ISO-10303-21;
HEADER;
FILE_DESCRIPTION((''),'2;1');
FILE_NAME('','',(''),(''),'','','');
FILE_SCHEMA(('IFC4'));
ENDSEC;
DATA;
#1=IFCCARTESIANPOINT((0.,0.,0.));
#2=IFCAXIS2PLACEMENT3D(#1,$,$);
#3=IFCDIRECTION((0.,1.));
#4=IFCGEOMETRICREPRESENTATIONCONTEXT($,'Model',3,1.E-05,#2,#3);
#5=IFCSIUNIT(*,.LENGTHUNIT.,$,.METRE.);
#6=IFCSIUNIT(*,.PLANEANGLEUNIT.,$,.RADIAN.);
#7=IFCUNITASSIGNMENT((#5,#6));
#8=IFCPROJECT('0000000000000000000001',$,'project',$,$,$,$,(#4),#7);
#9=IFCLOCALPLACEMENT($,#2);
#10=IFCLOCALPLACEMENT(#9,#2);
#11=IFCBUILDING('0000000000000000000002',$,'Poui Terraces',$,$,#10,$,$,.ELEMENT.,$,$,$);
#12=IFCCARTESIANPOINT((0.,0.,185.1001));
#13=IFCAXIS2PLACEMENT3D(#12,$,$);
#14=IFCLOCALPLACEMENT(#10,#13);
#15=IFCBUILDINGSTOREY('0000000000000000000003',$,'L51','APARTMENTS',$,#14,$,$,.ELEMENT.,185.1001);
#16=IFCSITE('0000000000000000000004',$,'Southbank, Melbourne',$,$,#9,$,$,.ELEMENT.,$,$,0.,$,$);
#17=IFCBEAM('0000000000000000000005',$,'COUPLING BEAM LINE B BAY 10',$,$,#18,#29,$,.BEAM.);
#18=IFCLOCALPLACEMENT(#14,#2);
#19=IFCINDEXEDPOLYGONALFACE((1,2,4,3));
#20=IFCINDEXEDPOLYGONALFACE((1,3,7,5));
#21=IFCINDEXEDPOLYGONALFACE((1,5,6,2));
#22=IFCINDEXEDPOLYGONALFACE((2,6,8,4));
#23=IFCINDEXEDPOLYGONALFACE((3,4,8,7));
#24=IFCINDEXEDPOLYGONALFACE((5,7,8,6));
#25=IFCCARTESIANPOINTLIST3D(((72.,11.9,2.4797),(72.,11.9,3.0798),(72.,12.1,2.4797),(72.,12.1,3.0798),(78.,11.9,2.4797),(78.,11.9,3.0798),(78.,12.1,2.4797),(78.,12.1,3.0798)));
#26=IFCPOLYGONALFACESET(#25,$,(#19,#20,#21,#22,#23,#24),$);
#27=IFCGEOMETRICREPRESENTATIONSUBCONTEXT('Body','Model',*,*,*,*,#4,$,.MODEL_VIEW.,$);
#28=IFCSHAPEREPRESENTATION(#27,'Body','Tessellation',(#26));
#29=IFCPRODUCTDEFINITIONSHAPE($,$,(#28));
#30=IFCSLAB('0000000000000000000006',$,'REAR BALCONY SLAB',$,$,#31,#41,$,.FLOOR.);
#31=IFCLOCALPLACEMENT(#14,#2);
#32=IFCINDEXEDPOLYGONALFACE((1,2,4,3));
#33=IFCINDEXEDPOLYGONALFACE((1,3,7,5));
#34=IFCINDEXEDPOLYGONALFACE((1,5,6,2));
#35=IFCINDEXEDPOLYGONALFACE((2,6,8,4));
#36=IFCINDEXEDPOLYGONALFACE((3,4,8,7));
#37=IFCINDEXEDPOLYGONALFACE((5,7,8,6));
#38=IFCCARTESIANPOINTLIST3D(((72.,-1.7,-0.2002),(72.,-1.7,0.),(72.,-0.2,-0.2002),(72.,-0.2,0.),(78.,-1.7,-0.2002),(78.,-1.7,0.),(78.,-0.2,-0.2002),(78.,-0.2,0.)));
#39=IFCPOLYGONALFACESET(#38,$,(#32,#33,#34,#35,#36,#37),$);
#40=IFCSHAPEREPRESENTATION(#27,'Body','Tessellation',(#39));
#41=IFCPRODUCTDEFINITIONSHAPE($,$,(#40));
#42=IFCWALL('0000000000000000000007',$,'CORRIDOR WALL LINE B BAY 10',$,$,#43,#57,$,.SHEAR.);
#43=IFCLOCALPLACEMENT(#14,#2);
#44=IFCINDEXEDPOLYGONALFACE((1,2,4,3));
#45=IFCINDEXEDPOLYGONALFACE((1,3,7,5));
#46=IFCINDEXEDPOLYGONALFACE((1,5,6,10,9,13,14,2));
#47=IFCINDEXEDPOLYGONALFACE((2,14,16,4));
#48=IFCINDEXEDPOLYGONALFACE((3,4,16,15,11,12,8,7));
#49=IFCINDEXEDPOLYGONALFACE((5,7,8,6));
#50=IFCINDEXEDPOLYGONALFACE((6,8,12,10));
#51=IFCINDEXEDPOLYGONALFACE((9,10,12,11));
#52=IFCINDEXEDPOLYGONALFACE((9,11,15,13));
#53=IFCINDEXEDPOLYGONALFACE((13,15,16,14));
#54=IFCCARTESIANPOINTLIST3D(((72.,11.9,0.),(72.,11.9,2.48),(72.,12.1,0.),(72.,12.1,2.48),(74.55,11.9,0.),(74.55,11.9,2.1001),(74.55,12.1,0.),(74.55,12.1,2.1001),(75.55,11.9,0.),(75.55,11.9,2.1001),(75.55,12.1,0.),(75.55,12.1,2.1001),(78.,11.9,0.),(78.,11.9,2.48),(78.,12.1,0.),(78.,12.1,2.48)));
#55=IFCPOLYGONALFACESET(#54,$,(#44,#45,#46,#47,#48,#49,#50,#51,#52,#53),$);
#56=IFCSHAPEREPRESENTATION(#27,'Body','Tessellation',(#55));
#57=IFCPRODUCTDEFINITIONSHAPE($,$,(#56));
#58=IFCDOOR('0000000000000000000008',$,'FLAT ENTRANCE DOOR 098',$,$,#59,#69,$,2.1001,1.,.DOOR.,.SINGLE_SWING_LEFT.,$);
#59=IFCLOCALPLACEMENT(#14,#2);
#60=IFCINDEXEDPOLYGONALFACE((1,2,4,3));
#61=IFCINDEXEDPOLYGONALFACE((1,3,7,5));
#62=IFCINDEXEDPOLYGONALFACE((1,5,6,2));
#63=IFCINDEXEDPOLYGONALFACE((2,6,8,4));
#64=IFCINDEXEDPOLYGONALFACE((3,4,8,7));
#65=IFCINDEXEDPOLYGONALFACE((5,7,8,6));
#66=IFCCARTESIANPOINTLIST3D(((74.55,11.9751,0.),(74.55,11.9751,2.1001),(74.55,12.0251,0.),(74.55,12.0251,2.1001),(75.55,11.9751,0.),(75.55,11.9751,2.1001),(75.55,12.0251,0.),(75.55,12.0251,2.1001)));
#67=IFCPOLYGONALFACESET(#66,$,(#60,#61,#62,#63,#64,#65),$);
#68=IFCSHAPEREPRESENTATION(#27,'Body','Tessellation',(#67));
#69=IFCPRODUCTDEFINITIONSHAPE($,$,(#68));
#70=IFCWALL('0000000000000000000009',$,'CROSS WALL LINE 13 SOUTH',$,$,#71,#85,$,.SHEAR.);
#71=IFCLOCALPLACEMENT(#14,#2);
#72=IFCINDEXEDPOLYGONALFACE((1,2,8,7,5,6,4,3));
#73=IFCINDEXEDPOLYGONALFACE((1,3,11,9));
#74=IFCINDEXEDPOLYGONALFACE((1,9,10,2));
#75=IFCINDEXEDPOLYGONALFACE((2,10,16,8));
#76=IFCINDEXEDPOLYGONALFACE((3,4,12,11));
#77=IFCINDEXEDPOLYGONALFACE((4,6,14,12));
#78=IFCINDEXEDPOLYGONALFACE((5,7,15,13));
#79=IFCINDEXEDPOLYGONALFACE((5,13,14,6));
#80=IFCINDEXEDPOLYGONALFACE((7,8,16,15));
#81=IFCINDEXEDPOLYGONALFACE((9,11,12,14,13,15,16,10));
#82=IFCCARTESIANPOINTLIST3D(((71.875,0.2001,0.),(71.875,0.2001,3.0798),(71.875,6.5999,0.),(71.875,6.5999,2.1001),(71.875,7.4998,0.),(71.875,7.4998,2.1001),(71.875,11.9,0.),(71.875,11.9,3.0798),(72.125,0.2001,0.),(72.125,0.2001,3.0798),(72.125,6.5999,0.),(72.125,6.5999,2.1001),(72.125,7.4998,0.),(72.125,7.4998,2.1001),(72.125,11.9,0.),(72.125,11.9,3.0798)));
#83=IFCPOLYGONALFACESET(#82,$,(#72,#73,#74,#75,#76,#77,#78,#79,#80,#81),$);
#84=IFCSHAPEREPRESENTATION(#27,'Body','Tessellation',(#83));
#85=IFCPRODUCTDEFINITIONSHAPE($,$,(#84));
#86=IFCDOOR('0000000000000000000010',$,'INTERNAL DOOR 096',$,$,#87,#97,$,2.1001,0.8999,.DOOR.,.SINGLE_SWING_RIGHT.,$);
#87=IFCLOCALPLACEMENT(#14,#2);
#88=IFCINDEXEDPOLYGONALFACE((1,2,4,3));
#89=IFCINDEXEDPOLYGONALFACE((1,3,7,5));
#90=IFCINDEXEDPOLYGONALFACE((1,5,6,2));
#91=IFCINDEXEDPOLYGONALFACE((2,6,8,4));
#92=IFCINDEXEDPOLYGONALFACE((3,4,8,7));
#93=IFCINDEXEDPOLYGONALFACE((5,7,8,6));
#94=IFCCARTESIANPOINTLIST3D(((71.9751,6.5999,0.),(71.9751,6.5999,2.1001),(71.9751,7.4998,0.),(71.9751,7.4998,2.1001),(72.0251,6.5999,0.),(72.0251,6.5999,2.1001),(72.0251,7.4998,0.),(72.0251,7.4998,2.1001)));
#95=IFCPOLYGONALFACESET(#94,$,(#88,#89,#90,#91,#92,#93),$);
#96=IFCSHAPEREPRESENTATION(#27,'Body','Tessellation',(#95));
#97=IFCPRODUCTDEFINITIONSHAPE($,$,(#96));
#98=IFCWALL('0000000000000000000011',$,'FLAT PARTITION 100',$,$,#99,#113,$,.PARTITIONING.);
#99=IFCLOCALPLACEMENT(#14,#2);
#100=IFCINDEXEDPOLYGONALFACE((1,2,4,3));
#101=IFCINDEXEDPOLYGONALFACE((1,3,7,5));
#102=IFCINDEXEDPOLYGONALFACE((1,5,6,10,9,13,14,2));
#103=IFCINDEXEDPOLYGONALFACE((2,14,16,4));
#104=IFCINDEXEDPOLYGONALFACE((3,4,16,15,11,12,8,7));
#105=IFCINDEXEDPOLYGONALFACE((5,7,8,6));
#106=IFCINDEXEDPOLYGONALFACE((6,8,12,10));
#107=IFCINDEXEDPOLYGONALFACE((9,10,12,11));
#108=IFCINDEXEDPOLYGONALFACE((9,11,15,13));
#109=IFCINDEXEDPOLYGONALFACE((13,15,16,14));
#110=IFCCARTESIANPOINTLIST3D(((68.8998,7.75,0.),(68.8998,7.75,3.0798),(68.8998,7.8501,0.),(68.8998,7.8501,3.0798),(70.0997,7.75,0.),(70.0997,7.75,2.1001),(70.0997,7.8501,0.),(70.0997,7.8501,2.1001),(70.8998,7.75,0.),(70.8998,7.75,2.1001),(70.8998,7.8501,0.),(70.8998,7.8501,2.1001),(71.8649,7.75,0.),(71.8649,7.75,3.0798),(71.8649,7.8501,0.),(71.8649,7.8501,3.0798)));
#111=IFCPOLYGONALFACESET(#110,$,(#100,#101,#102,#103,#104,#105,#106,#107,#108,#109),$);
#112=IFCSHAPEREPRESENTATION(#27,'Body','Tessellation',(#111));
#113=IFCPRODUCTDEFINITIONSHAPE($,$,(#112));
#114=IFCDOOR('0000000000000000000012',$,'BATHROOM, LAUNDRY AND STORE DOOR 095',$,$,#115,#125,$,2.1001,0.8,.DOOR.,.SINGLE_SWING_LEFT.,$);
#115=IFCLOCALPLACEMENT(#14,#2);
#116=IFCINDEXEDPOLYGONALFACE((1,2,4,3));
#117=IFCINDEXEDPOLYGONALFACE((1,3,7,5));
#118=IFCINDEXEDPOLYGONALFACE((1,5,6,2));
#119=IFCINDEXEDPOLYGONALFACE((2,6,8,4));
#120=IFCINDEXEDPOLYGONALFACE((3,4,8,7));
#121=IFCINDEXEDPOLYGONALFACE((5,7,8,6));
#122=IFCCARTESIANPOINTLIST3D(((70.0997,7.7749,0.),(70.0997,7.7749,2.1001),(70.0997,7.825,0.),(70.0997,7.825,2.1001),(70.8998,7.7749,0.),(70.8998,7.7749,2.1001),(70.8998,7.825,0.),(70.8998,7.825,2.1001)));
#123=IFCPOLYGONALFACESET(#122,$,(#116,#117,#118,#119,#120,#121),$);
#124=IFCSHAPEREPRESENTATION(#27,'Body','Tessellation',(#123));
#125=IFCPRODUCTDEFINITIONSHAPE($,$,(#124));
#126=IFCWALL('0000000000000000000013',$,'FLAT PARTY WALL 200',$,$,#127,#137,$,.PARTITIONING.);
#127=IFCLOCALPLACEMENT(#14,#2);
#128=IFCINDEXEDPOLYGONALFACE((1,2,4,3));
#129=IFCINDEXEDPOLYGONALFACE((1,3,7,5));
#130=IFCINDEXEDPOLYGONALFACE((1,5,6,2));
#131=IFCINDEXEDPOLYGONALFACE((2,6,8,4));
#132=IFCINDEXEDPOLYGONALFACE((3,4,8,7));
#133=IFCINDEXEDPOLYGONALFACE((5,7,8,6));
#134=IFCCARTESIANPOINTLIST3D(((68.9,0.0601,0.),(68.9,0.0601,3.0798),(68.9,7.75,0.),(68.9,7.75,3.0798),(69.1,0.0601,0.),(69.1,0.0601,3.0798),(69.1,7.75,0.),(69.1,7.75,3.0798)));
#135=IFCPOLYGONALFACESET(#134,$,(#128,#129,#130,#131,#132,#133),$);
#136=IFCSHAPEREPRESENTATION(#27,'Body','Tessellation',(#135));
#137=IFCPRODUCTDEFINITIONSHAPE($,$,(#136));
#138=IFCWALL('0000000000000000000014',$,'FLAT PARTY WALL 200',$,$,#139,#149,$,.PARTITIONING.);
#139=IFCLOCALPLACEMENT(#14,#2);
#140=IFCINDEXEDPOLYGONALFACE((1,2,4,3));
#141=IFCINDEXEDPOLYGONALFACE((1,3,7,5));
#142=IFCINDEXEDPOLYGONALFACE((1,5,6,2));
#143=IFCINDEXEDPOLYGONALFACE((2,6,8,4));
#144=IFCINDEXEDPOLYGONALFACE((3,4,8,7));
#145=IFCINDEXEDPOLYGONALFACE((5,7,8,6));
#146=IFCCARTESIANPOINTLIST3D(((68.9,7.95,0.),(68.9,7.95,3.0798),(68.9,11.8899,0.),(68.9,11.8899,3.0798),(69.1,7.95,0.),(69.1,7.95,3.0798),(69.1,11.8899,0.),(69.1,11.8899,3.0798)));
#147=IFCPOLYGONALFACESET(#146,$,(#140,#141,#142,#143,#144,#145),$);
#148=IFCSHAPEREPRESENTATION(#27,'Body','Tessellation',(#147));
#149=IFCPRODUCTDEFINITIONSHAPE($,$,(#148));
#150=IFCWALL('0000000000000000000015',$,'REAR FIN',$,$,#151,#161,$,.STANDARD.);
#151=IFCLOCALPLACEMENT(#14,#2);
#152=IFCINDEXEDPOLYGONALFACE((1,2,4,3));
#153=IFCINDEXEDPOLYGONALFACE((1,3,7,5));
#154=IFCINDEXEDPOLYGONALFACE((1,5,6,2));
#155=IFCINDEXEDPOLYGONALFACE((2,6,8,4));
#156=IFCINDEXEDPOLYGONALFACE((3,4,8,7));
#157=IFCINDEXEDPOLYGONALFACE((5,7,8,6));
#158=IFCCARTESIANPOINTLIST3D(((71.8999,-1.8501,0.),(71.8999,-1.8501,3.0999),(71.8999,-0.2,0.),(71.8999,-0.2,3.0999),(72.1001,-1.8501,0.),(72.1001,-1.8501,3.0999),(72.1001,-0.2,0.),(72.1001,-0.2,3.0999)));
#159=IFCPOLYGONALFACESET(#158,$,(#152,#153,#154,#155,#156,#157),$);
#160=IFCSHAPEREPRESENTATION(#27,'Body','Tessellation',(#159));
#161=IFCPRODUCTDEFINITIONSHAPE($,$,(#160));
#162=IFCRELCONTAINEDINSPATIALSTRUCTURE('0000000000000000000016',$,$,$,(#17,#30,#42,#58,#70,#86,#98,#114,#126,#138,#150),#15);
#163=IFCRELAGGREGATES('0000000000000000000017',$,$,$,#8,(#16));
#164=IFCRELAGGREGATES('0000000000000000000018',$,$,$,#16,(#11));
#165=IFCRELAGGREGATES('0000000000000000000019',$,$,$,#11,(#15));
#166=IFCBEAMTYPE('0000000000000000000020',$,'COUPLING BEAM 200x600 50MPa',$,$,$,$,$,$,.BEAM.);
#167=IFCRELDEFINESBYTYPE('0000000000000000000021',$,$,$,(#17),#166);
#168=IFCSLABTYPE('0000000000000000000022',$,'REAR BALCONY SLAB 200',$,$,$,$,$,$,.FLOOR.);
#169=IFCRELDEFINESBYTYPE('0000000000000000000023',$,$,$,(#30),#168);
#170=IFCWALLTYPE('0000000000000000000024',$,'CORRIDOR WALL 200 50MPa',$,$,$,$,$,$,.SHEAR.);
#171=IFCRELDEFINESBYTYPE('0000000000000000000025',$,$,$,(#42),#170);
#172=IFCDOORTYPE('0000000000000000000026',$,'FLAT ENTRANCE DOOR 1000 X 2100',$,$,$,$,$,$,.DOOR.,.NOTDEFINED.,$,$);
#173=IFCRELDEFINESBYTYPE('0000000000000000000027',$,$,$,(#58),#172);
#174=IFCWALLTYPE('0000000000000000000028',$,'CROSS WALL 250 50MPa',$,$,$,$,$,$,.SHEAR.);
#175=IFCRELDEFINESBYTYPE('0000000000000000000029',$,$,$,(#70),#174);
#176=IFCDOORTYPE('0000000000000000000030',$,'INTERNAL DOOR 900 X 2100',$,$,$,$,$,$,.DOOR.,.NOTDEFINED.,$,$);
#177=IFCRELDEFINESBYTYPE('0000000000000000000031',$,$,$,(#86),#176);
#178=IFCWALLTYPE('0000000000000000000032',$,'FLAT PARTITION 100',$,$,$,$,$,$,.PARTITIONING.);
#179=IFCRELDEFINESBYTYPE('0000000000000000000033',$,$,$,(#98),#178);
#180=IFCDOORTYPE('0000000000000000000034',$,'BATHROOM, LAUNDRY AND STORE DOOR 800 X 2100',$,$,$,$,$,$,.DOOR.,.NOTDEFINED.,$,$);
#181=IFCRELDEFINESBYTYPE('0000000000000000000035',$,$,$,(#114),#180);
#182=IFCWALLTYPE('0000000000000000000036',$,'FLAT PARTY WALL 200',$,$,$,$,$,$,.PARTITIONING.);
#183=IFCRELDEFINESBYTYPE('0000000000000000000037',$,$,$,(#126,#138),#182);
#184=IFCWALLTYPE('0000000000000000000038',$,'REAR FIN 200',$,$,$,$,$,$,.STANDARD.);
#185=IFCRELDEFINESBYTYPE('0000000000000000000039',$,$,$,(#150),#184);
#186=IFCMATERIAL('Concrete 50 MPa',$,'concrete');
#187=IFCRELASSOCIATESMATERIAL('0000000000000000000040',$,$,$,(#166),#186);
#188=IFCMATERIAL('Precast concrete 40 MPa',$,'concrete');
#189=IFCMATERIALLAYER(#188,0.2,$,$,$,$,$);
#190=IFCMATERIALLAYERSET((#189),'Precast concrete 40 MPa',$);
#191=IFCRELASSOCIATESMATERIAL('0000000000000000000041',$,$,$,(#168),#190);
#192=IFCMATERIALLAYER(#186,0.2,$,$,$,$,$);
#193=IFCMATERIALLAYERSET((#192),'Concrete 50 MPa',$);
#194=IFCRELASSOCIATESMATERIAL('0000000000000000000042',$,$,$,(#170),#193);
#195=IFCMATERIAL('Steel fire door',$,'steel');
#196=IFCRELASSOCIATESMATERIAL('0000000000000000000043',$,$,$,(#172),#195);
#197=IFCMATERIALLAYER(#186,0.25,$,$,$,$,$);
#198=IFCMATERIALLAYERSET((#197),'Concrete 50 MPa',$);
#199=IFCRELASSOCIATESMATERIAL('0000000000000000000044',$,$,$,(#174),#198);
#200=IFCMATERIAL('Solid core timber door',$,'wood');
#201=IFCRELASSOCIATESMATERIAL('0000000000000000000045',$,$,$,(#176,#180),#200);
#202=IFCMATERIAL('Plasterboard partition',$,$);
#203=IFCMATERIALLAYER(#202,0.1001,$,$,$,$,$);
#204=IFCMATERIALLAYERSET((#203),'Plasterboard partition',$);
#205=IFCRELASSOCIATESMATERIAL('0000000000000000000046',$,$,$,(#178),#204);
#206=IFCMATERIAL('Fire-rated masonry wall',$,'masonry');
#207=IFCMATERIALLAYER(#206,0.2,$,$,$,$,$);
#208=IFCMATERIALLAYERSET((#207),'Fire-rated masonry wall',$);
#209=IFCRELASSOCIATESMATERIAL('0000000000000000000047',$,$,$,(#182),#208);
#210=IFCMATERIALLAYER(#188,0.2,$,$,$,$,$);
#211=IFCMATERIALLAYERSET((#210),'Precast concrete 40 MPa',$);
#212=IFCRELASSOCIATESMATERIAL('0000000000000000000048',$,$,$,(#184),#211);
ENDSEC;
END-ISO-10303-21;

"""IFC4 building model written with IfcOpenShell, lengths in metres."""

from ifc_helpers import new_model, si_unit, direction, frame, frame_2d, origin, origin_2d, place, context, subcontext, project, spatial, polyline, rectangle, outline, extrude, source, transform, mapped, material, layer, layer_set, material_profile, profile_set, type_object, element, fill, save


model = new_model("IFC4")

# Units and contexts
model_context = context("Model", 3, precision=1e-05, world=origin(), true_north=direction((0.0, 1.0)))
body_context = subcontext(model_context, "Body", "Model", "MODEL_VIEW")
ifc_project = project(units=[si_unit("LENGTHUNIT", "METRE"), si_unit("PLANEANGLEUNIT", "RADIAN")], contexts=[model_context])

# Site, building, storey
site_placement = place(None, origin())
site = spatial("IfcSite", under=ifc_project, at=site_placement, Name="Southbank, Melbourne", CompositionType="ELEMENT", RefElevation=0.0)
building_placement = place(site_placement, origin())
building = spatial("IfcBuilding", under=site, at=building_placement, Name="Poui Terraces", CompositionType="ELEMENT")
storey_placement = place(building_placement, frame((0.0, 0.0, 185.1001)))
storey = spatial("IfcBuildingStorey", under=building, at=storey_placement, Name="L51", Description="APARTMENTS", CompositionType="ELEMENT", Elevation=185.1001)

# Beam
ifc_material_1 = material(Name="Concrete 50 MPa", Category="concrete")
ifc_material_profile = material_profile(ifc_material_1, rectangle(XDim=0.2, YDim=0.6001, at=origin_2d()), Name="RC 200x600")
ifc_profile_set = profile_set([ifc_material_profile], Name="Concrete 50 MPa")
beam_type = type_object("IfcBeamType", Name="COUPLING BEAM 200x600 50MPa", PredefinedType="BEAM", material=ifc_profile_set)
shared_shape_1 = source(origin(), body_context, "Body", "SweptSolid", [
    extrude(rectangle(XDim=0.2, YDim=0.6001, at=origin_2d()), origin(), (0.0, 0.0, 1.0), 6.0),
])
beam_placement = place(storey_placement, frame((72.0, 12.0, 2.7798), z_axis=(1.0, 0.0, 0.0), x_axis=(0.0, 1.0, 0.0)))
element("IfcBeam", 1, at=beam_placement, inside=storey, type_object=beam_type, Name="COUPLING BEAM LINE B BAY 10", PredefinedType="BEAM", context=body_context, shape_type="MappedRepresentation", body=[
    mapped(shared_shape_1, transform((0.0, 0.0, 0.0))),
])

# Slab
ifc_material_2 = material(Name="Precast concrete 40 MPa", Category="concrete")
ifc_layer_1 = layer(ifc_material_2, 0.2)
ifc_layer_set_1 = layer_set([ifc_layer_1], Name="Precast concrete 40 MPa")
slab_type = type_object("IfcSlabType", Name="REAR BALCONY SLAB 200", PredefinedType="FLOOR", material=ifc_layer_set_1)
shared_shape_2 = source(origin(), body_context, "Body", "SweptSolid", [
    extrude(outline(polyline([(0.0, 0.0), (6.0, 0.0), (6.0, 1.5), (0.0, 1.5), (0.0, 0.0)])), origin(), (0.0, 0.0, 1.0), 0.2002),
])
slab_placement = place(storey_placement, frame((72.0, -1.7, -0.2002)))
element("IfcSlab", 2, at=slab_placement, inside=storey, type_object=slab_type, Name="REAR BALCONY SLAB", PredefinedType="FLOOR", context=body_context, shape_type="MappedRepresentation", body=[
    mapped(shared_shape_2, transform((0.0, 0.0, 0.0))),
])

# Walls, openings, doors
ifc_layer_2 = layer(ifc_material_1, 0.2)
ifc_layer_set_2 = layer_set([ifc_layer_2], Name="Concrete 50 MPa")
wall_type_1 = type_object("IfcWallType", Name="CORRIDOR WALL 200 50MPa", PredefinedType="SHEAR", material=ifc_layer_set_2)
wall_1_placement = place(storey_placement, frame((72.0, 12.0, 0.0), z_axis=(0.0, 0.0, 1.0), x_axis=(1.0, 0.0, 0.0)))
wall_1 = element("IfcWall", 3, at=wall_1_placement, inside=storey, type_object=wall_type_1, Name="CORRIDOR WALL LINE B BAY 10", PredefinedType="SHEAR", context=body_context, shape_type="SweptSolid", body=[
    extrude(rectangle(XDim=6.0, YDim=0.2, at=frame_2d((3.0, 0.0))), origin(), (0.0, 0.0, 1.0), 2.48),
])
opening_1_placement = place(wall_1_placement, frame((2.55, 0.0, 0.0)))
opening_1 = element("IfcOpeningElement", 4, at=opening_1_placement, cuts=wall_1, PredefinedType="OPENING", context=body_context, shape_type="SweptSolid", body=[
    extrude(rectangle(XDim=1.0, YDim=2.1001, at=frame_2d((0.5, 1.05))), frame((0.0, 0.1099, 0.0), z_axis=(0.0, -1.0, 0.0), x_axis=(1.0, 0.0, 0.0)), (0.0, 0.0, 1.0), 0.22),
])
ifc_material_3 = material(Name="Steel fire door", Category="steel")
door_type_1 = type_object("IfcDoorType", Name="FLAT ENTRANCE DOOR 1000 X 2100", OperationType="NOTDEFINED", PredefinedType="DOOR", material=ifc_material_3)
door_1_placement = place(opening_1_placement, frame((1.0, 0.0, 0.0), z_axis=(0.0, 0.0, 1.0), x_axis=(-1.0, 0.0, 0.0)))
door_1 = element("IfcDoor", 5, at=door_1_placement, inside=storey, type_object=door_type_1, Name="FLAT ENTRANCE DOOR 098", OperationType="SINGLE_SWING_LEFT", OverallHeight=2.1001, OverallWidth=1.0, PredefinedType="DOOR", context=body_context, shape_type="SweptSolid", body=[
    extrude(rectangle(XDim=1.0, YDim=2.1001, at=frame_2d((0.5, 1.05))), frame((0.0, 0.0249, 0.0), z_axis=(0.0, -1.0, 0.0), x_axis=(1.0, 0.0, 0.0)), (0.0, 0.0, 1.0), 0.05),
])
fill(opening_1, door_1)
ifc_layer_3 = layer(ifc_material_1, 0.25)
ifc_layer_set_3 = layer_set([ifc_layer_3], Name="Concrete 50 MPa")
wall_type_2 = type_object("IfcWallType", Name="CROSS WALL 250 50MPa", PredefinedType="SHEAR", material=ifc_layer_set_3)
wall_2_placement = place(storey_placement, frame((72.0, 0.2, 0.0), z_axis=(0.0, 0.0, 1.0), x_axis=(0.0, 1.0, 0.0)))
wall_2 = element("IfcWall", 6, at=wall_2_placement, inside=storey, type_object=wall_type_2, Name="CROSS WALL LINE 13 SOUTH", PredefinedType="SHEAR", context=body_context, shape_type="SweptSolid", body=[
    extrude(rectangle(XDim=11.7, YDim=0.25, at=frame_2d((5.8501, 0.0))), origin(), (0.0, 0.0, 1.0), 3.0798),
])
opening_2_placement = place(wall_2_placement, frame((6.3999, 0.0, 0.0)))
opening_2 = element("IfcOpeningElement", 7, at=opening_2_placement, cuts=wall_2, PredefinedType="OPENING", context=body_context, shape_type="SweptSolid", body=[
    extrude(rectangle(XDim=0.8999, YDim=2.1001, at=frame_2d((0.45, 1.05))), frame((0.0, 0.135, 0.0), z_axis=(0.0, -1.0, 0.0), x_axis=(1.0, 0.0, 0.0)), (0.0, 0.0, 1.0), 0.27),
])
ifc_material_4 = material(Name="Solid core timber door", Category="wood")
door_type_2 = type_object("IfcDoorType", Name="INTERNAL DOOR 900 X 2100", OperationType="NOTDEFINED", PredefinedType="DOOR", material=ifc_material_4)
door_2_placement = place(opening_2_placement, origin())
door_2 = element("IfcDoor", 8, at=door_2_placement, inside=storey, type_object=door_type_2, Name="INTERNAL DOOR 096", OperationType="SINGLE_SWING_RIGHT", OverallHeight=2.1001, OverallWidth=0.8999, PredefinedType="DOOR", context=body_context, shape_type="SweptSolid", body=[
    extrude(rectangle(XDim=0.8999, YDim=2.1001, at=frame_2d((0.45, 1.05))), frame((0.0, 0.0249, 0.0), z_axis=(0.0, -1.0, 0.0), x_axis=(1.0, 0.0, 0.0)), (0.0, 0.0, 1.0), 0.05),
])
fill(opening_2, door_2)
ifc_material_5 = material(Name="Plasterboard partition")
ifc_layer_4 = layer(ifc_material_5, 0.1001)
ifc_layer_set_4 = layer_set([ifc_layer_4], Name="Plasterboard partition")
wall_type_3 = type_object("IfcWallType", Name="FLAT PARTITION 100", PredefinedType="PARTITIONING", material=ifc_layer_set_4)
wall_3_placement = place(storey_placement, frame((68.8999, 7.8, 0.0), z_axis=(0.0, 0.0, 1.0), x_axis=(1.0, 0.0, 0.0)))
wall_3 = element("IfcWall", 9, at=wall_3_placement, inside=storey, type_object=wall_type_3, Name="FLAT PARTITION 100", PredefinedType="PARTITIONING", context=body_context, shape_type="SweptSolid", body=[
    extrude(rectangle(XDim=2.9651, YDim=0.1001, at=frame_2d((1.4824, 0.0))), origin(), (0.0, 0.0, 1.0), 3.0798),
])
opening_3_placement = place(wall_3_placement, frame((1.2, 0.0, 0.0)))
opening_3 = element("IfcOpeningElement", 10, at=opening_3_placement, cuts=wall_3, PredefinedType="OPENING", context=body_context, shape_type="SweptSolid", body=[
    extrude(rectangle(XDim=0.8, YDim=2.1001, at=frame_2d((0.3999, 1.05))), frame((0.0, 0.0601, 0.0), z_axis=(0.0, -1.0, 0.0), x_axis=(1.0, 0.0, 0.0)), (0.0, 0.0, 1.0), 0.1201),
])
door_type_3 = type_object("IfcDoorType", Name="BATHROOM, LAUNDRY AND STORE DOOR 800 X 2100", OperationType="NOTDEFINED", PredefinedType="DOOR", material=ifc_material_4)
door_3_placement = place(opening_3_placement, origin())
door_3 = element("IfcDoor", 11, at=door_3_placement, inside=storey, type_object=door_type_3, Name="BATHROOM, LAUNDRY AND STORE DOOR 095", OperationType="SINGLE_SWING_LEFT", OverallHeight=2.1001, OverallWidth=0.8, PredefinedType="DOOR", context=body_context, shape_type="SweptSolid", body=[
    extrude(rectangle(XDim=0.8, YDim=2.1001, at=frame_2d((0.3999, 1.05))), frame((0.0, 0.0249, 0.0), z_axis=(0.0, -1.0, 0.0), x_axis=(1.0, 0.0, 0.0)), (0.0, 0.0, 1.0), 0.05),
])
fill(opening_3, door_3)

# Walls
ifc_material_6 = material(Name="Fire-rated masonry wall", Category="masonry")
ifc_layer_5 = layer(ifc_material_6, 0.2)
ifc_layer_set_5 = layer_set([ifc_layer_5], Name="Fire-rated masonry wall")
wall_type_4 = type_object("IfcWallType", Name="FLAT PARTY WALL 200", PredefinedType="PARTITIONING", material=ifc_layer_set_5)
wall_4_placement = place(storey_placement, frame((69.0, 0.0601, 0.0), z_axis=(0.0, 0.0, 1.0), x_axis=(0.0, 1.0, 0.0)))
element("IfcWall", 12, at=wall_4_placement, inside=storey, type_object=wall_type_4, Name="FLAT PARTY WALL 200", PredefinedType="PARTITIONING", context=body_context, shape_type="SweptSolid", body=[
    extrude(rectangle(XDim=7.6899, YDim=0.2, at=frame_2d((3.845, 0.0))), origin(), (0.0, 0.0, 1.0), 3.0798),
])
wall_5_placement = place(storey_placement, frame((69.0, 7.95, 0.0), z_axis=(0.0, 0.0, 1.0), x_axis=(0.0, 1.0, 0.0)))
element("IfcWall", 13, at=wall_5_placement, inside=storey, type_object=wall_type_4, Name="FLAT PARTY WALL 200", PredefinedType="PARTITIONING", context=body_context, shape_type="SweptSolid", body=[
    extrude(rectangle(XDim=3.9399, YDim=0.2, at=frame_2d((1.97, 0.0))), origin(), (0.0, 0.0, 1.0), 3.0798),
])
ifc_layer_6 = layer(ifc_material_2, 0.2)
ifc_layer_set_6 = layer_set([ifc_layer_6], Name="Precast concrete 40 MPa")
wall_type_5 = type_object("IfcWallType", Name="REAR FIN 200", PredefinedType="STANDARD", material=ifc_layer_set_6)
shared_shape_3 = source(origin(), body_context, "Body", "SweptSolid", [
    extrude(outline(polyline([(0.0, 0.0), (0.2002, 0.0), (0.2002, 1.6501), (0.0, 1.6501), (0.0, 0.0)])), origin(), (0.0, 0.0, 1.0), 3.0999),
])
wall_6_placement = place(storey_placement, frame((71.8999, -1.8501, 0.0)))
element("IfcWall", 14, at=wall_6_placement, inside=storey, type_object=wall_type_5, Name="REAR FIN", PredefinedType="STANDARD", context=body_context, shape_type="MappedRepresentation", body=[
    mapped(shared_shape_3, transform((0.0, 0.0, 0.0))),
])

save(model, "model.ifc")
